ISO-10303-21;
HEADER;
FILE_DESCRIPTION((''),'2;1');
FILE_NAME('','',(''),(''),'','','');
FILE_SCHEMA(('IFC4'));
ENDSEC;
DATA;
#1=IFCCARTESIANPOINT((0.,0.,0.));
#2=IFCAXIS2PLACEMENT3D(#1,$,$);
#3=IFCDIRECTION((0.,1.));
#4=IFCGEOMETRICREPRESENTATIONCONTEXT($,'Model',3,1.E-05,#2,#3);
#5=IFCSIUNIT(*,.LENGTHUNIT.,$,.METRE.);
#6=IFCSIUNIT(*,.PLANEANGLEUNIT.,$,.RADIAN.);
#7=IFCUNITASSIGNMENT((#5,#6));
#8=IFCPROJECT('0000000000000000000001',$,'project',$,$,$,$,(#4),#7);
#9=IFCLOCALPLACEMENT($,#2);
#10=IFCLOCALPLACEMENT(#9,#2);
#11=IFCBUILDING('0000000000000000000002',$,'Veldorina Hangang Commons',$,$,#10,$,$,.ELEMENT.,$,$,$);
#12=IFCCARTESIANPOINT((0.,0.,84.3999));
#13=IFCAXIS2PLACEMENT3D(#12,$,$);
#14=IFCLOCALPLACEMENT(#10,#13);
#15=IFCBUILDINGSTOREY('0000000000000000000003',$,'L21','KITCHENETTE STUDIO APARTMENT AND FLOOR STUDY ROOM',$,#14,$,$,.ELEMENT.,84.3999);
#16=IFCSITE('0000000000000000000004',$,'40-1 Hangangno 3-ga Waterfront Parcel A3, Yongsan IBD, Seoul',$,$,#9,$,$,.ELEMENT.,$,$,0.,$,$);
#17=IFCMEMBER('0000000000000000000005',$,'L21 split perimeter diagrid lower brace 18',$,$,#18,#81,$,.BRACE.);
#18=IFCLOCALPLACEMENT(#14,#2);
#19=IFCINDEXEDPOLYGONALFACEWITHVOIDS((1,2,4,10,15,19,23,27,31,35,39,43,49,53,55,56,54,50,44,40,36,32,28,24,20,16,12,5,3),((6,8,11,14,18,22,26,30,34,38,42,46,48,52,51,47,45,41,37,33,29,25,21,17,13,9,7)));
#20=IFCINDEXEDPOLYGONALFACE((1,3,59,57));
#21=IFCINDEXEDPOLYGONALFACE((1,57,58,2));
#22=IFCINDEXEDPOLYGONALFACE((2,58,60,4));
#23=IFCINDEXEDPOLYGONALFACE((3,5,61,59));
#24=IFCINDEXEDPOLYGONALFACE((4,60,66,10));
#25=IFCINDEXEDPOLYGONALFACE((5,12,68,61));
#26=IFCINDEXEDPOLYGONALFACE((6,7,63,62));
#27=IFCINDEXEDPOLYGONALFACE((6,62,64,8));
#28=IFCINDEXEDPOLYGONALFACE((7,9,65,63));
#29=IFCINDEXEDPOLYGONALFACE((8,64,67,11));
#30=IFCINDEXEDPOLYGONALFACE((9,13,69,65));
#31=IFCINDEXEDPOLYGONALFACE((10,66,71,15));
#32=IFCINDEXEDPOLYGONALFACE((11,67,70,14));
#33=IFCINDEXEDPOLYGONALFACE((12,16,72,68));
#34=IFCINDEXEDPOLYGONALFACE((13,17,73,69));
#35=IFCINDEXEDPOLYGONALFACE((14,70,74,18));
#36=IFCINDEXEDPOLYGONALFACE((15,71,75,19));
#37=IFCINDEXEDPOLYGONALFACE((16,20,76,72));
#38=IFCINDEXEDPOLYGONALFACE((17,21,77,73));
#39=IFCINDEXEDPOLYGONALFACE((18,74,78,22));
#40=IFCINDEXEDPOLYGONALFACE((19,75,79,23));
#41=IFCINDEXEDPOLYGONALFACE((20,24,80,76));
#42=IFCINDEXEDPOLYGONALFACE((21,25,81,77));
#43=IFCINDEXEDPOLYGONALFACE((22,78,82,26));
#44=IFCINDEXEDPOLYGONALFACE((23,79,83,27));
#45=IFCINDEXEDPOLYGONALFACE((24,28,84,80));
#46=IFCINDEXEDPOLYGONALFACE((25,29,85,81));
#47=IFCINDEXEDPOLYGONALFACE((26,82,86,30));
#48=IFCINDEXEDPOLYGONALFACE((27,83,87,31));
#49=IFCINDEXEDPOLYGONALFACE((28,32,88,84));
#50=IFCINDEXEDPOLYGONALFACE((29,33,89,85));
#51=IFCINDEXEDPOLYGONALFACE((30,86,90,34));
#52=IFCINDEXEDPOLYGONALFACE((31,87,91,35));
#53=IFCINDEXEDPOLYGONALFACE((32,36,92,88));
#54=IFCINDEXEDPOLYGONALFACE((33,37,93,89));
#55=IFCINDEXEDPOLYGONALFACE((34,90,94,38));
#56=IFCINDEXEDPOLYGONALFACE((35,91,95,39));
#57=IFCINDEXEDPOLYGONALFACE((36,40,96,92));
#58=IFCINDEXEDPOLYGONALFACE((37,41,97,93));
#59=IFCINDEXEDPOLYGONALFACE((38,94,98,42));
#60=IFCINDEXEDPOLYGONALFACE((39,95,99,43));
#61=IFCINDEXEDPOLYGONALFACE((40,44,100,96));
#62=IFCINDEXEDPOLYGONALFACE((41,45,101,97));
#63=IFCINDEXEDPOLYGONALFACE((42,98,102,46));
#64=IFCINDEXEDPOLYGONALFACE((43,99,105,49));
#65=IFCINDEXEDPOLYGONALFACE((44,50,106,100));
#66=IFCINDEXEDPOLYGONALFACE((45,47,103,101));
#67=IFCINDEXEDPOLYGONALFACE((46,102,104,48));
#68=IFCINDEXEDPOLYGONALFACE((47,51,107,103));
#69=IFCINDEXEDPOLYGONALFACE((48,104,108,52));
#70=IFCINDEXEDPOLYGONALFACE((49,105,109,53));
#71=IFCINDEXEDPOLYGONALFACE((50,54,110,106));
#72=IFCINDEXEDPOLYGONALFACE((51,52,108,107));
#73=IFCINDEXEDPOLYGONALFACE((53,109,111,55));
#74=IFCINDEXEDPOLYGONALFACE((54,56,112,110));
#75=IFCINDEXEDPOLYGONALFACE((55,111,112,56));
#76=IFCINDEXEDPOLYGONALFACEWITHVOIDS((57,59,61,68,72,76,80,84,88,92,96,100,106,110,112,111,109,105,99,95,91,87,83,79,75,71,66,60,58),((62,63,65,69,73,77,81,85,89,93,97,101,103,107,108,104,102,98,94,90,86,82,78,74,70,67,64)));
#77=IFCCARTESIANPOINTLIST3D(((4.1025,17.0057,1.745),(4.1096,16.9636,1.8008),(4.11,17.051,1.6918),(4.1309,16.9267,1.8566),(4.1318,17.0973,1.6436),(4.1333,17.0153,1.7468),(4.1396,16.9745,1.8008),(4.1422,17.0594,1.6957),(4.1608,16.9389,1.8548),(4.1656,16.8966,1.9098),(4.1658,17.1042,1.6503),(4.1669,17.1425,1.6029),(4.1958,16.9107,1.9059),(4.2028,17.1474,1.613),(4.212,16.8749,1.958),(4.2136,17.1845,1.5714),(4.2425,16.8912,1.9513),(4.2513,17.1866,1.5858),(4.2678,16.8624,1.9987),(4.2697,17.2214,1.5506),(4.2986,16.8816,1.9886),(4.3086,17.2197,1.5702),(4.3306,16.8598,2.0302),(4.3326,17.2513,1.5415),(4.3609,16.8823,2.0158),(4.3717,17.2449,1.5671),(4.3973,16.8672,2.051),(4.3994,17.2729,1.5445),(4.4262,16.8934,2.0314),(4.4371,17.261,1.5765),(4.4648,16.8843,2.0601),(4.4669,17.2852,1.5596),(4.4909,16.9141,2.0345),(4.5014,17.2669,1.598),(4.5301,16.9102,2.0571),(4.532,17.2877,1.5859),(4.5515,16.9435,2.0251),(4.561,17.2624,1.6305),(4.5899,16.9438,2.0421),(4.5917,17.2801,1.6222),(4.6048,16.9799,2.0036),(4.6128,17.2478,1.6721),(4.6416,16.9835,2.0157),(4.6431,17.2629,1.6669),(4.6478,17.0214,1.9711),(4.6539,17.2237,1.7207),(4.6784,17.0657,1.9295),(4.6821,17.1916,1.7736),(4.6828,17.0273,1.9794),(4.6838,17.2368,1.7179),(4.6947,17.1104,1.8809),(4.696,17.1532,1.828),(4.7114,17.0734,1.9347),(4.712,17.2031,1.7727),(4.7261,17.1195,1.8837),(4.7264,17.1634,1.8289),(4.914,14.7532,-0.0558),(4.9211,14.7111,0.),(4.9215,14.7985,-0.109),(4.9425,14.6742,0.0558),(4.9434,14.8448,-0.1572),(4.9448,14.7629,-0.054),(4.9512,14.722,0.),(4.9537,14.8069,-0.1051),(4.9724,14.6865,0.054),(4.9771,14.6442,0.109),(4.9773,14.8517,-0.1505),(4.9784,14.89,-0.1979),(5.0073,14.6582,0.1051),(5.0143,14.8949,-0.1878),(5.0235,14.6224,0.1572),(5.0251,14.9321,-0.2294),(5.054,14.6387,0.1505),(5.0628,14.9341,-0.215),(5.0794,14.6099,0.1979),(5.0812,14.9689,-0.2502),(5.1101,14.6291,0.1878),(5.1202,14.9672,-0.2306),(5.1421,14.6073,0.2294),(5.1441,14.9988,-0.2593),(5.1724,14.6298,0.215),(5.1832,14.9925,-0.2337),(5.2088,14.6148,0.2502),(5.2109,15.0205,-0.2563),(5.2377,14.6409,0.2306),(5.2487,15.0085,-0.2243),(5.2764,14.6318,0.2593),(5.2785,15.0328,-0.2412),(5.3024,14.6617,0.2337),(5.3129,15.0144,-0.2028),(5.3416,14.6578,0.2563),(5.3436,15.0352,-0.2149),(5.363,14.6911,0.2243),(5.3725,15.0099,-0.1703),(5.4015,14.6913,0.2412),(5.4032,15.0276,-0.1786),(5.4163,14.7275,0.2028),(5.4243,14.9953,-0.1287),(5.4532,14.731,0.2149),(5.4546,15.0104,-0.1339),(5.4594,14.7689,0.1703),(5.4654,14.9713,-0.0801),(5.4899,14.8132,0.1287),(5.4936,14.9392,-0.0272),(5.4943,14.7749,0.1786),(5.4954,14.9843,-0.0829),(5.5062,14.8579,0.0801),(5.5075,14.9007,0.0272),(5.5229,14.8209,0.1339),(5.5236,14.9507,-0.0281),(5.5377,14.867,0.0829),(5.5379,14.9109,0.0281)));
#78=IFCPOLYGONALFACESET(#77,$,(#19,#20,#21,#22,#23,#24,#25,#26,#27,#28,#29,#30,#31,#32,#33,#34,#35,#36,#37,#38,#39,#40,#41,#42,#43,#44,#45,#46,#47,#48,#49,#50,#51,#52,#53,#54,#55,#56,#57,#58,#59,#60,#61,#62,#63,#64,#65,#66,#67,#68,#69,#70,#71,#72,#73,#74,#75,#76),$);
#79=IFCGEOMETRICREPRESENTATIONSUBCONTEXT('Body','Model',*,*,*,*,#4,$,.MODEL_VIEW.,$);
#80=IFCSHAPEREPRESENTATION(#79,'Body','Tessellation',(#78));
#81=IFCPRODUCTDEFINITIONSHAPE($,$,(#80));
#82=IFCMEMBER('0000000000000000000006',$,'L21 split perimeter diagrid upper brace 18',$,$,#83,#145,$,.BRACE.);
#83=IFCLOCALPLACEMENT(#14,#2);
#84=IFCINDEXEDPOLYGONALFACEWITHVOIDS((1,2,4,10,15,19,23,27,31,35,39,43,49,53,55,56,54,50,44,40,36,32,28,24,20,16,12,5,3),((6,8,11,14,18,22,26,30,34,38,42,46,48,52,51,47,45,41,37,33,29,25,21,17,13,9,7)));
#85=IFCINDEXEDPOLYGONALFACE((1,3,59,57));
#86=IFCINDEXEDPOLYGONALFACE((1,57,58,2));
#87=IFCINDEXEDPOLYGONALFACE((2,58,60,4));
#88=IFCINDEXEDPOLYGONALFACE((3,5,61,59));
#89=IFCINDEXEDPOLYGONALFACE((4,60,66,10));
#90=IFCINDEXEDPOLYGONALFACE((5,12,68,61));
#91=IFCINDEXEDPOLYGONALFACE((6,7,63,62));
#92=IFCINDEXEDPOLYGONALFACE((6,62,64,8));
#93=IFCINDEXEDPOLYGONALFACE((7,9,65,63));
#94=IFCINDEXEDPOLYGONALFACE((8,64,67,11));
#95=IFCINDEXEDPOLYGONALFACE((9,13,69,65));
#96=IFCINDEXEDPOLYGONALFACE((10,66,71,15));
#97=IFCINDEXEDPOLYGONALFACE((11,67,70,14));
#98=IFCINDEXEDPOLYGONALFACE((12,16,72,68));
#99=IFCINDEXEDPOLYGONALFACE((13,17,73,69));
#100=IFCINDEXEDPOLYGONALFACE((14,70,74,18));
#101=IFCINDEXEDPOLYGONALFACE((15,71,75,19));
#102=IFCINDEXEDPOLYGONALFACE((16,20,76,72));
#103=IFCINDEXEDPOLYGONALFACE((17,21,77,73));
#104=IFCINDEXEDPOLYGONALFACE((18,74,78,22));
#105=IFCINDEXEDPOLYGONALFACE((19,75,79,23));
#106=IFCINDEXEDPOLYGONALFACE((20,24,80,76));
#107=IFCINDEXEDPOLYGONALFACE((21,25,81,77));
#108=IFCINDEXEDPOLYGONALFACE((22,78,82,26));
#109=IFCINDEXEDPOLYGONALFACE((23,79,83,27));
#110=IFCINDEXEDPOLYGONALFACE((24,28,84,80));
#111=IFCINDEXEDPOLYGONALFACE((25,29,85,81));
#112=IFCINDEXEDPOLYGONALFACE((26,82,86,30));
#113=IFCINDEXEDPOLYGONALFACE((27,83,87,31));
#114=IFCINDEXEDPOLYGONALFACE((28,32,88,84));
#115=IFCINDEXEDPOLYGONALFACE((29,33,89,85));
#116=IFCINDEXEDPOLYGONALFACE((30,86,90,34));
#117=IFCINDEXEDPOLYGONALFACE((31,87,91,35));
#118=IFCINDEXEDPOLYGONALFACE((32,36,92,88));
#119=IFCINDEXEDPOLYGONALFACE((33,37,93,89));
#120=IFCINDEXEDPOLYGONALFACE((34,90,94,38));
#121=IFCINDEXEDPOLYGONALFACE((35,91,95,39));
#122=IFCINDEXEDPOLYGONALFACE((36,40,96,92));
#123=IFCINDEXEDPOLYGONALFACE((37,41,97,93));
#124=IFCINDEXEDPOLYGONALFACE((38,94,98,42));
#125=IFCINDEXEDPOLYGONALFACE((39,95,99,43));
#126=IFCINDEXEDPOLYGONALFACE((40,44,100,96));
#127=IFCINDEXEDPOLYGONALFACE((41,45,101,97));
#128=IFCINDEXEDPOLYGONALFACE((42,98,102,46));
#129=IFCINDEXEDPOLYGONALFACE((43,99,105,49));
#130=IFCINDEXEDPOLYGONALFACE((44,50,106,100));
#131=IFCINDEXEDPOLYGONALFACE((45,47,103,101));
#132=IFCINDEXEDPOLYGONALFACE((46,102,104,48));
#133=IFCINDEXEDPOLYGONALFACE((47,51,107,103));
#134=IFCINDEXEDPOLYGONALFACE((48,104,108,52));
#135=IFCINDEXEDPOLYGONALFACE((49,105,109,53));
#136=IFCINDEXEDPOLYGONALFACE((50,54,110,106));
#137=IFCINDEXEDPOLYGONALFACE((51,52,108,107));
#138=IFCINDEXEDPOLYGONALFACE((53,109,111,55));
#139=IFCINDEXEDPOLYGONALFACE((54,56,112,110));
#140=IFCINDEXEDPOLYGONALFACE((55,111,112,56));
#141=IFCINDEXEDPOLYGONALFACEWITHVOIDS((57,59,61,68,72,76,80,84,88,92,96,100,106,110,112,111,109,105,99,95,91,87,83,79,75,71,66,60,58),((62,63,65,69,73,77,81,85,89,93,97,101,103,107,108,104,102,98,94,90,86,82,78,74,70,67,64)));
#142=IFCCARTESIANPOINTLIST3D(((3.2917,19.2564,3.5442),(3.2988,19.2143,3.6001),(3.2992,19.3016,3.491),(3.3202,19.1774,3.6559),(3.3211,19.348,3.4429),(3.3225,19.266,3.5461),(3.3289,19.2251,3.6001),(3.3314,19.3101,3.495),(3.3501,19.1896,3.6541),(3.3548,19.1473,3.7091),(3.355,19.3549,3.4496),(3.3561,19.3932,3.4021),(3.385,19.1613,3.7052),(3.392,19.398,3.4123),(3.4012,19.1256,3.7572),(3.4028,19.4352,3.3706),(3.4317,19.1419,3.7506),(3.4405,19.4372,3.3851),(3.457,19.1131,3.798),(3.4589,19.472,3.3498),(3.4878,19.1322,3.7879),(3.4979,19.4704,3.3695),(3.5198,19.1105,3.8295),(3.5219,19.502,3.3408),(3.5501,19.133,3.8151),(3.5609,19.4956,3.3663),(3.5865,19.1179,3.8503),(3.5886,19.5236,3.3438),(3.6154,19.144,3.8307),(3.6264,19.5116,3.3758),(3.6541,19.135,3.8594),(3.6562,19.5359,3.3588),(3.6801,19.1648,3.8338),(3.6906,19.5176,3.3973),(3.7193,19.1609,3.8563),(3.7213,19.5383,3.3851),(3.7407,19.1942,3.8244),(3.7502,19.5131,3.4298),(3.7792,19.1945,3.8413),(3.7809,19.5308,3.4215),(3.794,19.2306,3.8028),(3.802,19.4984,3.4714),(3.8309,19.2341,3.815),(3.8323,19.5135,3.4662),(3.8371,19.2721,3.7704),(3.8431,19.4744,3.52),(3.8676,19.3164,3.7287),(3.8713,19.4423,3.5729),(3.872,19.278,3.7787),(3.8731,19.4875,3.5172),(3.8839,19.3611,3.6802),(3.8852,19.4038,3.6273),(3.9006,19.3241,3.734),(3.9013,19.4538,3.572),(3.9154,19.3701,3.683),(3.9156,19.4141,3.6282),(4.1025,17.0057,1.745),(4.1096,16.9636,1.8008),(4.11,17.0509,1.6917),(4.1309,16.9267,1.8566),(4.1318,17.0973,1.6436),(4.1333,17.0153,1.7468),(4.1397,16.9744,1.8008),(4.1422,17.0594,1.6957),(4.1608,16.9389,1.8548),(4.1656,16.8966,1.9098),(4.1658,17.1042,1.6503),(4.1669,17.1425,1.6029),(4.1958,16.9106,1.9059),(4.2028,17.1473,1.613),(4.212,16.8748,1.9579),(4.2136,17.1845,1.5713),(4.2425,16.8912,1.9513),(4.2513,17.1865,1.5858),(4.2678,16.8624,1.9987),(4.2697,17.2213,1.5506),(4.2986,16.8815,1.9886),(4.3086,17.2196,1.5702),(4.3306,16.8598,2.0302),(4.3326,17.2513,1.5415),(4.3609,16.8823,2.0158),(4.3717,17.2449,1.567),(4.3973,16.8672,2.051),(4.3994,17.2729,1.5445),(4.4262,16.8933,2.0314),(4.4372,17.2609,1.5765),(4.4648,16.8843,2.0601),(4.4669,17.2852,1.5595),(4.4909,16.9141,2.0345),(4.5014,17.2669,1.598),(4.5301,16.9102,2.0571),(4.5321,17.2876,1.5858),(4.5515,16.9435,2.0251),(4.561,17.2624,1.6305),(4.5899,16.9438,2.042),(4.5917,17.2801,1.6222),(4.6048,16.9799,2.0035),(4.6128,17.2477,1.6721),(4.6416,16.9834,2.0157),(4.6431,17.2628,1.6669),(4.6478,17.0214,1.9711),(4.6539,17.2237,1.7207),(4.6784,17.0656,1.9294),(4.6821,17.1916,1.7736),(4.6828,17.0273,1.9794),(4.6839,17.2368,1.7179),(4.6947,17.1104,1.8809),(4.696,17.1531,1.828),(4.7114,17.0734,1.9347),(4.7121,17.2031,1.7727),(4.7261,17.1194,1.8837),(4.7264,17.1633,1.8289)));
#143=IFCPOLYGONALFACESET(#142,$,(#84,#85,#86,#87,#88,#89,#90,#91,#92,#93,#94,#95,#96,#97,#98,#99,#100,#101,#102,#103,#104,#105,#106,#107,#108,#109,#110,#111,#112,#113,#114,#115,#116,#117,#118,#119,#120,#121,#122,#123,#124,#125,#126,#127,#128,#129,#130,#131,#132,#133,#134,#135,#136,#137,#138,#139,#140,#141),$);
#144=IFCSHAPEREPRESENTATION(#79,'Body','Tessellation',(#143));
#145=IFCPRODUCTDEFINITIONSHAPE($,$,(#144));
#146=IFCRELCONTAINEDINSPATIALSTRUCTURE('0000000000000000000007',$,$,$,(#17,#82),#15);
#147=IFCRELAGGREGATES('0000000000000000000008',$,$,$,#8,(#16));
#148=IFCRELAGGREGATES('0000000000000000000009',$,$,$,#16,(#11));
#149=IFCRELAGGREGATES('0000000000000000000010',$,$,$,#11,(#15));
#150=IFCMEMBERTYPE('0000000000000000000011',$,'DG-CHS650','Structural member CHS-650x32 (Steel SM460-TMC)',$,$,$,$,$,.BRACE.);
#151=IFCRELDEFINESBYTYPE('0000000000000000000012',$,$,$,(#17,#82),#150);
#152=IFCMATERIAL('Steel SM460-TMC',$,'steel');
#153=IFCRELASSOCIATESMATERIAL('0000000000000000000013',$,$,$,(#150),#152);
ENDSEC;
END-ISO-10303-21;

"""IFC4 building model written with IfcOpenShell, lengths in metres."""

from ifc_helpers import new_model, si_unit, direction, frame, origin, origin_2d, place, context, subcontext, project, spatial, hollow_circle, extrude, material, material_profile, profile_set, type_object, element, save


model = new_model("IFC4")

# Units and contexts
model_context = context("Model", 3, precision=1e-05, world=origin(), true_north=direction((0.0, 1.0)))
body_context = subcontext(model_context, "Body", "Model", "MODEL_VIEW")
ifc_project = project(units=[si_unit("LENGTHUNIT", "METRE"), si_unit("PLANEANGLEUNIT", "RADIAN")], contexts=[model_context])

# Site, building, storey
site_placement = place(None, origin())
site = spatial("IfcSite", under=ifc_project, at=site_placement, Name="40-1 Hangangno 3-ga Waterfront Parcel A3, Yongsan IBD, Seoul", CompositionType="ELEMENT", RefElevation=0.0)
building_placement = place(site_placement, origin())
building = spatial("IfcBuilding", under=site, at=building_placement, Name="Veldorina Hangang Commons", CompositionType="ELEMENT")
storey_placement = place(building_placement, frame((0.0, 0.0, 84.3999)))
storey = spatial("IfcBuildingStorey", under=building, at=storey_placement, Name="L21", Description="KITCHENETTE STUDIO APARTMENT AND FLOOR STUDY ROOM", CompositionType="ELEMENT", Elevation=84.3999)

# Members
ifc_material_1 = material(Name="Steel SM460-TMC", Category="steel")
ifc_material_profile_1 = material_profile(ifc_material_1, hollow_circle(Radius=0.325, WallThickness=0.032, at=origin_2d()), Name="CHS-650x32")
ifc_profile_set_1 = profile_set([ifc_material_profile_1], Name="Steel SM460-TMC")
member_type = type_object("IfcMemberType", Name="DG-CHS650", Description="Structural member CHS-650x32 (Steel SM460-TMC)", PredefinedType="BRACE", material=ifc_profile_set_1)
member_1_placement = place(storey_placement, frame((5.2268, 14.8213, 0.0), z_axis=(-0.270886, 0.751864, 0.6011), x_axis=(-0.940802, -0.338958, 0.0)))
element("IfcMember", 1, at=member_1_placement, inside=storey, type_object=member_type, Name="L21 split perimeter diagrid lower brace 18", PredefinedType="BRACE", context=body_context, shape_type="SweptSolid", body=[
    extrude(hollow_circle(Radius=0.325, WallThickness=0.032, at=origin_2d()), origin(), (0.0, 0.0, 1.0), 2.9958),
])
member_2_placement = place(storey_placement, frame((4.4153, 17.0737, 1.8008), z_axis=(-0.270855, 0.751887, 0.601085), x_axis=(-0.940817, -0.338915, 0.0)))
element("IfcMember", 2, at=member_2_placement, inside=storey, type_object=member_type, Name="L21 split perimeter diagrid upper brace 18", PredefinedType="BRACE", context=body_context, shape_type="SweptSolid", body=[
    extrude(hollow_circle(Radius=0.325, WallThickness=0.032, at=origin_2d()), origin(), (0.0, 0.0, 1.0), 2.9934),
])

save(model, "model.ifc")
